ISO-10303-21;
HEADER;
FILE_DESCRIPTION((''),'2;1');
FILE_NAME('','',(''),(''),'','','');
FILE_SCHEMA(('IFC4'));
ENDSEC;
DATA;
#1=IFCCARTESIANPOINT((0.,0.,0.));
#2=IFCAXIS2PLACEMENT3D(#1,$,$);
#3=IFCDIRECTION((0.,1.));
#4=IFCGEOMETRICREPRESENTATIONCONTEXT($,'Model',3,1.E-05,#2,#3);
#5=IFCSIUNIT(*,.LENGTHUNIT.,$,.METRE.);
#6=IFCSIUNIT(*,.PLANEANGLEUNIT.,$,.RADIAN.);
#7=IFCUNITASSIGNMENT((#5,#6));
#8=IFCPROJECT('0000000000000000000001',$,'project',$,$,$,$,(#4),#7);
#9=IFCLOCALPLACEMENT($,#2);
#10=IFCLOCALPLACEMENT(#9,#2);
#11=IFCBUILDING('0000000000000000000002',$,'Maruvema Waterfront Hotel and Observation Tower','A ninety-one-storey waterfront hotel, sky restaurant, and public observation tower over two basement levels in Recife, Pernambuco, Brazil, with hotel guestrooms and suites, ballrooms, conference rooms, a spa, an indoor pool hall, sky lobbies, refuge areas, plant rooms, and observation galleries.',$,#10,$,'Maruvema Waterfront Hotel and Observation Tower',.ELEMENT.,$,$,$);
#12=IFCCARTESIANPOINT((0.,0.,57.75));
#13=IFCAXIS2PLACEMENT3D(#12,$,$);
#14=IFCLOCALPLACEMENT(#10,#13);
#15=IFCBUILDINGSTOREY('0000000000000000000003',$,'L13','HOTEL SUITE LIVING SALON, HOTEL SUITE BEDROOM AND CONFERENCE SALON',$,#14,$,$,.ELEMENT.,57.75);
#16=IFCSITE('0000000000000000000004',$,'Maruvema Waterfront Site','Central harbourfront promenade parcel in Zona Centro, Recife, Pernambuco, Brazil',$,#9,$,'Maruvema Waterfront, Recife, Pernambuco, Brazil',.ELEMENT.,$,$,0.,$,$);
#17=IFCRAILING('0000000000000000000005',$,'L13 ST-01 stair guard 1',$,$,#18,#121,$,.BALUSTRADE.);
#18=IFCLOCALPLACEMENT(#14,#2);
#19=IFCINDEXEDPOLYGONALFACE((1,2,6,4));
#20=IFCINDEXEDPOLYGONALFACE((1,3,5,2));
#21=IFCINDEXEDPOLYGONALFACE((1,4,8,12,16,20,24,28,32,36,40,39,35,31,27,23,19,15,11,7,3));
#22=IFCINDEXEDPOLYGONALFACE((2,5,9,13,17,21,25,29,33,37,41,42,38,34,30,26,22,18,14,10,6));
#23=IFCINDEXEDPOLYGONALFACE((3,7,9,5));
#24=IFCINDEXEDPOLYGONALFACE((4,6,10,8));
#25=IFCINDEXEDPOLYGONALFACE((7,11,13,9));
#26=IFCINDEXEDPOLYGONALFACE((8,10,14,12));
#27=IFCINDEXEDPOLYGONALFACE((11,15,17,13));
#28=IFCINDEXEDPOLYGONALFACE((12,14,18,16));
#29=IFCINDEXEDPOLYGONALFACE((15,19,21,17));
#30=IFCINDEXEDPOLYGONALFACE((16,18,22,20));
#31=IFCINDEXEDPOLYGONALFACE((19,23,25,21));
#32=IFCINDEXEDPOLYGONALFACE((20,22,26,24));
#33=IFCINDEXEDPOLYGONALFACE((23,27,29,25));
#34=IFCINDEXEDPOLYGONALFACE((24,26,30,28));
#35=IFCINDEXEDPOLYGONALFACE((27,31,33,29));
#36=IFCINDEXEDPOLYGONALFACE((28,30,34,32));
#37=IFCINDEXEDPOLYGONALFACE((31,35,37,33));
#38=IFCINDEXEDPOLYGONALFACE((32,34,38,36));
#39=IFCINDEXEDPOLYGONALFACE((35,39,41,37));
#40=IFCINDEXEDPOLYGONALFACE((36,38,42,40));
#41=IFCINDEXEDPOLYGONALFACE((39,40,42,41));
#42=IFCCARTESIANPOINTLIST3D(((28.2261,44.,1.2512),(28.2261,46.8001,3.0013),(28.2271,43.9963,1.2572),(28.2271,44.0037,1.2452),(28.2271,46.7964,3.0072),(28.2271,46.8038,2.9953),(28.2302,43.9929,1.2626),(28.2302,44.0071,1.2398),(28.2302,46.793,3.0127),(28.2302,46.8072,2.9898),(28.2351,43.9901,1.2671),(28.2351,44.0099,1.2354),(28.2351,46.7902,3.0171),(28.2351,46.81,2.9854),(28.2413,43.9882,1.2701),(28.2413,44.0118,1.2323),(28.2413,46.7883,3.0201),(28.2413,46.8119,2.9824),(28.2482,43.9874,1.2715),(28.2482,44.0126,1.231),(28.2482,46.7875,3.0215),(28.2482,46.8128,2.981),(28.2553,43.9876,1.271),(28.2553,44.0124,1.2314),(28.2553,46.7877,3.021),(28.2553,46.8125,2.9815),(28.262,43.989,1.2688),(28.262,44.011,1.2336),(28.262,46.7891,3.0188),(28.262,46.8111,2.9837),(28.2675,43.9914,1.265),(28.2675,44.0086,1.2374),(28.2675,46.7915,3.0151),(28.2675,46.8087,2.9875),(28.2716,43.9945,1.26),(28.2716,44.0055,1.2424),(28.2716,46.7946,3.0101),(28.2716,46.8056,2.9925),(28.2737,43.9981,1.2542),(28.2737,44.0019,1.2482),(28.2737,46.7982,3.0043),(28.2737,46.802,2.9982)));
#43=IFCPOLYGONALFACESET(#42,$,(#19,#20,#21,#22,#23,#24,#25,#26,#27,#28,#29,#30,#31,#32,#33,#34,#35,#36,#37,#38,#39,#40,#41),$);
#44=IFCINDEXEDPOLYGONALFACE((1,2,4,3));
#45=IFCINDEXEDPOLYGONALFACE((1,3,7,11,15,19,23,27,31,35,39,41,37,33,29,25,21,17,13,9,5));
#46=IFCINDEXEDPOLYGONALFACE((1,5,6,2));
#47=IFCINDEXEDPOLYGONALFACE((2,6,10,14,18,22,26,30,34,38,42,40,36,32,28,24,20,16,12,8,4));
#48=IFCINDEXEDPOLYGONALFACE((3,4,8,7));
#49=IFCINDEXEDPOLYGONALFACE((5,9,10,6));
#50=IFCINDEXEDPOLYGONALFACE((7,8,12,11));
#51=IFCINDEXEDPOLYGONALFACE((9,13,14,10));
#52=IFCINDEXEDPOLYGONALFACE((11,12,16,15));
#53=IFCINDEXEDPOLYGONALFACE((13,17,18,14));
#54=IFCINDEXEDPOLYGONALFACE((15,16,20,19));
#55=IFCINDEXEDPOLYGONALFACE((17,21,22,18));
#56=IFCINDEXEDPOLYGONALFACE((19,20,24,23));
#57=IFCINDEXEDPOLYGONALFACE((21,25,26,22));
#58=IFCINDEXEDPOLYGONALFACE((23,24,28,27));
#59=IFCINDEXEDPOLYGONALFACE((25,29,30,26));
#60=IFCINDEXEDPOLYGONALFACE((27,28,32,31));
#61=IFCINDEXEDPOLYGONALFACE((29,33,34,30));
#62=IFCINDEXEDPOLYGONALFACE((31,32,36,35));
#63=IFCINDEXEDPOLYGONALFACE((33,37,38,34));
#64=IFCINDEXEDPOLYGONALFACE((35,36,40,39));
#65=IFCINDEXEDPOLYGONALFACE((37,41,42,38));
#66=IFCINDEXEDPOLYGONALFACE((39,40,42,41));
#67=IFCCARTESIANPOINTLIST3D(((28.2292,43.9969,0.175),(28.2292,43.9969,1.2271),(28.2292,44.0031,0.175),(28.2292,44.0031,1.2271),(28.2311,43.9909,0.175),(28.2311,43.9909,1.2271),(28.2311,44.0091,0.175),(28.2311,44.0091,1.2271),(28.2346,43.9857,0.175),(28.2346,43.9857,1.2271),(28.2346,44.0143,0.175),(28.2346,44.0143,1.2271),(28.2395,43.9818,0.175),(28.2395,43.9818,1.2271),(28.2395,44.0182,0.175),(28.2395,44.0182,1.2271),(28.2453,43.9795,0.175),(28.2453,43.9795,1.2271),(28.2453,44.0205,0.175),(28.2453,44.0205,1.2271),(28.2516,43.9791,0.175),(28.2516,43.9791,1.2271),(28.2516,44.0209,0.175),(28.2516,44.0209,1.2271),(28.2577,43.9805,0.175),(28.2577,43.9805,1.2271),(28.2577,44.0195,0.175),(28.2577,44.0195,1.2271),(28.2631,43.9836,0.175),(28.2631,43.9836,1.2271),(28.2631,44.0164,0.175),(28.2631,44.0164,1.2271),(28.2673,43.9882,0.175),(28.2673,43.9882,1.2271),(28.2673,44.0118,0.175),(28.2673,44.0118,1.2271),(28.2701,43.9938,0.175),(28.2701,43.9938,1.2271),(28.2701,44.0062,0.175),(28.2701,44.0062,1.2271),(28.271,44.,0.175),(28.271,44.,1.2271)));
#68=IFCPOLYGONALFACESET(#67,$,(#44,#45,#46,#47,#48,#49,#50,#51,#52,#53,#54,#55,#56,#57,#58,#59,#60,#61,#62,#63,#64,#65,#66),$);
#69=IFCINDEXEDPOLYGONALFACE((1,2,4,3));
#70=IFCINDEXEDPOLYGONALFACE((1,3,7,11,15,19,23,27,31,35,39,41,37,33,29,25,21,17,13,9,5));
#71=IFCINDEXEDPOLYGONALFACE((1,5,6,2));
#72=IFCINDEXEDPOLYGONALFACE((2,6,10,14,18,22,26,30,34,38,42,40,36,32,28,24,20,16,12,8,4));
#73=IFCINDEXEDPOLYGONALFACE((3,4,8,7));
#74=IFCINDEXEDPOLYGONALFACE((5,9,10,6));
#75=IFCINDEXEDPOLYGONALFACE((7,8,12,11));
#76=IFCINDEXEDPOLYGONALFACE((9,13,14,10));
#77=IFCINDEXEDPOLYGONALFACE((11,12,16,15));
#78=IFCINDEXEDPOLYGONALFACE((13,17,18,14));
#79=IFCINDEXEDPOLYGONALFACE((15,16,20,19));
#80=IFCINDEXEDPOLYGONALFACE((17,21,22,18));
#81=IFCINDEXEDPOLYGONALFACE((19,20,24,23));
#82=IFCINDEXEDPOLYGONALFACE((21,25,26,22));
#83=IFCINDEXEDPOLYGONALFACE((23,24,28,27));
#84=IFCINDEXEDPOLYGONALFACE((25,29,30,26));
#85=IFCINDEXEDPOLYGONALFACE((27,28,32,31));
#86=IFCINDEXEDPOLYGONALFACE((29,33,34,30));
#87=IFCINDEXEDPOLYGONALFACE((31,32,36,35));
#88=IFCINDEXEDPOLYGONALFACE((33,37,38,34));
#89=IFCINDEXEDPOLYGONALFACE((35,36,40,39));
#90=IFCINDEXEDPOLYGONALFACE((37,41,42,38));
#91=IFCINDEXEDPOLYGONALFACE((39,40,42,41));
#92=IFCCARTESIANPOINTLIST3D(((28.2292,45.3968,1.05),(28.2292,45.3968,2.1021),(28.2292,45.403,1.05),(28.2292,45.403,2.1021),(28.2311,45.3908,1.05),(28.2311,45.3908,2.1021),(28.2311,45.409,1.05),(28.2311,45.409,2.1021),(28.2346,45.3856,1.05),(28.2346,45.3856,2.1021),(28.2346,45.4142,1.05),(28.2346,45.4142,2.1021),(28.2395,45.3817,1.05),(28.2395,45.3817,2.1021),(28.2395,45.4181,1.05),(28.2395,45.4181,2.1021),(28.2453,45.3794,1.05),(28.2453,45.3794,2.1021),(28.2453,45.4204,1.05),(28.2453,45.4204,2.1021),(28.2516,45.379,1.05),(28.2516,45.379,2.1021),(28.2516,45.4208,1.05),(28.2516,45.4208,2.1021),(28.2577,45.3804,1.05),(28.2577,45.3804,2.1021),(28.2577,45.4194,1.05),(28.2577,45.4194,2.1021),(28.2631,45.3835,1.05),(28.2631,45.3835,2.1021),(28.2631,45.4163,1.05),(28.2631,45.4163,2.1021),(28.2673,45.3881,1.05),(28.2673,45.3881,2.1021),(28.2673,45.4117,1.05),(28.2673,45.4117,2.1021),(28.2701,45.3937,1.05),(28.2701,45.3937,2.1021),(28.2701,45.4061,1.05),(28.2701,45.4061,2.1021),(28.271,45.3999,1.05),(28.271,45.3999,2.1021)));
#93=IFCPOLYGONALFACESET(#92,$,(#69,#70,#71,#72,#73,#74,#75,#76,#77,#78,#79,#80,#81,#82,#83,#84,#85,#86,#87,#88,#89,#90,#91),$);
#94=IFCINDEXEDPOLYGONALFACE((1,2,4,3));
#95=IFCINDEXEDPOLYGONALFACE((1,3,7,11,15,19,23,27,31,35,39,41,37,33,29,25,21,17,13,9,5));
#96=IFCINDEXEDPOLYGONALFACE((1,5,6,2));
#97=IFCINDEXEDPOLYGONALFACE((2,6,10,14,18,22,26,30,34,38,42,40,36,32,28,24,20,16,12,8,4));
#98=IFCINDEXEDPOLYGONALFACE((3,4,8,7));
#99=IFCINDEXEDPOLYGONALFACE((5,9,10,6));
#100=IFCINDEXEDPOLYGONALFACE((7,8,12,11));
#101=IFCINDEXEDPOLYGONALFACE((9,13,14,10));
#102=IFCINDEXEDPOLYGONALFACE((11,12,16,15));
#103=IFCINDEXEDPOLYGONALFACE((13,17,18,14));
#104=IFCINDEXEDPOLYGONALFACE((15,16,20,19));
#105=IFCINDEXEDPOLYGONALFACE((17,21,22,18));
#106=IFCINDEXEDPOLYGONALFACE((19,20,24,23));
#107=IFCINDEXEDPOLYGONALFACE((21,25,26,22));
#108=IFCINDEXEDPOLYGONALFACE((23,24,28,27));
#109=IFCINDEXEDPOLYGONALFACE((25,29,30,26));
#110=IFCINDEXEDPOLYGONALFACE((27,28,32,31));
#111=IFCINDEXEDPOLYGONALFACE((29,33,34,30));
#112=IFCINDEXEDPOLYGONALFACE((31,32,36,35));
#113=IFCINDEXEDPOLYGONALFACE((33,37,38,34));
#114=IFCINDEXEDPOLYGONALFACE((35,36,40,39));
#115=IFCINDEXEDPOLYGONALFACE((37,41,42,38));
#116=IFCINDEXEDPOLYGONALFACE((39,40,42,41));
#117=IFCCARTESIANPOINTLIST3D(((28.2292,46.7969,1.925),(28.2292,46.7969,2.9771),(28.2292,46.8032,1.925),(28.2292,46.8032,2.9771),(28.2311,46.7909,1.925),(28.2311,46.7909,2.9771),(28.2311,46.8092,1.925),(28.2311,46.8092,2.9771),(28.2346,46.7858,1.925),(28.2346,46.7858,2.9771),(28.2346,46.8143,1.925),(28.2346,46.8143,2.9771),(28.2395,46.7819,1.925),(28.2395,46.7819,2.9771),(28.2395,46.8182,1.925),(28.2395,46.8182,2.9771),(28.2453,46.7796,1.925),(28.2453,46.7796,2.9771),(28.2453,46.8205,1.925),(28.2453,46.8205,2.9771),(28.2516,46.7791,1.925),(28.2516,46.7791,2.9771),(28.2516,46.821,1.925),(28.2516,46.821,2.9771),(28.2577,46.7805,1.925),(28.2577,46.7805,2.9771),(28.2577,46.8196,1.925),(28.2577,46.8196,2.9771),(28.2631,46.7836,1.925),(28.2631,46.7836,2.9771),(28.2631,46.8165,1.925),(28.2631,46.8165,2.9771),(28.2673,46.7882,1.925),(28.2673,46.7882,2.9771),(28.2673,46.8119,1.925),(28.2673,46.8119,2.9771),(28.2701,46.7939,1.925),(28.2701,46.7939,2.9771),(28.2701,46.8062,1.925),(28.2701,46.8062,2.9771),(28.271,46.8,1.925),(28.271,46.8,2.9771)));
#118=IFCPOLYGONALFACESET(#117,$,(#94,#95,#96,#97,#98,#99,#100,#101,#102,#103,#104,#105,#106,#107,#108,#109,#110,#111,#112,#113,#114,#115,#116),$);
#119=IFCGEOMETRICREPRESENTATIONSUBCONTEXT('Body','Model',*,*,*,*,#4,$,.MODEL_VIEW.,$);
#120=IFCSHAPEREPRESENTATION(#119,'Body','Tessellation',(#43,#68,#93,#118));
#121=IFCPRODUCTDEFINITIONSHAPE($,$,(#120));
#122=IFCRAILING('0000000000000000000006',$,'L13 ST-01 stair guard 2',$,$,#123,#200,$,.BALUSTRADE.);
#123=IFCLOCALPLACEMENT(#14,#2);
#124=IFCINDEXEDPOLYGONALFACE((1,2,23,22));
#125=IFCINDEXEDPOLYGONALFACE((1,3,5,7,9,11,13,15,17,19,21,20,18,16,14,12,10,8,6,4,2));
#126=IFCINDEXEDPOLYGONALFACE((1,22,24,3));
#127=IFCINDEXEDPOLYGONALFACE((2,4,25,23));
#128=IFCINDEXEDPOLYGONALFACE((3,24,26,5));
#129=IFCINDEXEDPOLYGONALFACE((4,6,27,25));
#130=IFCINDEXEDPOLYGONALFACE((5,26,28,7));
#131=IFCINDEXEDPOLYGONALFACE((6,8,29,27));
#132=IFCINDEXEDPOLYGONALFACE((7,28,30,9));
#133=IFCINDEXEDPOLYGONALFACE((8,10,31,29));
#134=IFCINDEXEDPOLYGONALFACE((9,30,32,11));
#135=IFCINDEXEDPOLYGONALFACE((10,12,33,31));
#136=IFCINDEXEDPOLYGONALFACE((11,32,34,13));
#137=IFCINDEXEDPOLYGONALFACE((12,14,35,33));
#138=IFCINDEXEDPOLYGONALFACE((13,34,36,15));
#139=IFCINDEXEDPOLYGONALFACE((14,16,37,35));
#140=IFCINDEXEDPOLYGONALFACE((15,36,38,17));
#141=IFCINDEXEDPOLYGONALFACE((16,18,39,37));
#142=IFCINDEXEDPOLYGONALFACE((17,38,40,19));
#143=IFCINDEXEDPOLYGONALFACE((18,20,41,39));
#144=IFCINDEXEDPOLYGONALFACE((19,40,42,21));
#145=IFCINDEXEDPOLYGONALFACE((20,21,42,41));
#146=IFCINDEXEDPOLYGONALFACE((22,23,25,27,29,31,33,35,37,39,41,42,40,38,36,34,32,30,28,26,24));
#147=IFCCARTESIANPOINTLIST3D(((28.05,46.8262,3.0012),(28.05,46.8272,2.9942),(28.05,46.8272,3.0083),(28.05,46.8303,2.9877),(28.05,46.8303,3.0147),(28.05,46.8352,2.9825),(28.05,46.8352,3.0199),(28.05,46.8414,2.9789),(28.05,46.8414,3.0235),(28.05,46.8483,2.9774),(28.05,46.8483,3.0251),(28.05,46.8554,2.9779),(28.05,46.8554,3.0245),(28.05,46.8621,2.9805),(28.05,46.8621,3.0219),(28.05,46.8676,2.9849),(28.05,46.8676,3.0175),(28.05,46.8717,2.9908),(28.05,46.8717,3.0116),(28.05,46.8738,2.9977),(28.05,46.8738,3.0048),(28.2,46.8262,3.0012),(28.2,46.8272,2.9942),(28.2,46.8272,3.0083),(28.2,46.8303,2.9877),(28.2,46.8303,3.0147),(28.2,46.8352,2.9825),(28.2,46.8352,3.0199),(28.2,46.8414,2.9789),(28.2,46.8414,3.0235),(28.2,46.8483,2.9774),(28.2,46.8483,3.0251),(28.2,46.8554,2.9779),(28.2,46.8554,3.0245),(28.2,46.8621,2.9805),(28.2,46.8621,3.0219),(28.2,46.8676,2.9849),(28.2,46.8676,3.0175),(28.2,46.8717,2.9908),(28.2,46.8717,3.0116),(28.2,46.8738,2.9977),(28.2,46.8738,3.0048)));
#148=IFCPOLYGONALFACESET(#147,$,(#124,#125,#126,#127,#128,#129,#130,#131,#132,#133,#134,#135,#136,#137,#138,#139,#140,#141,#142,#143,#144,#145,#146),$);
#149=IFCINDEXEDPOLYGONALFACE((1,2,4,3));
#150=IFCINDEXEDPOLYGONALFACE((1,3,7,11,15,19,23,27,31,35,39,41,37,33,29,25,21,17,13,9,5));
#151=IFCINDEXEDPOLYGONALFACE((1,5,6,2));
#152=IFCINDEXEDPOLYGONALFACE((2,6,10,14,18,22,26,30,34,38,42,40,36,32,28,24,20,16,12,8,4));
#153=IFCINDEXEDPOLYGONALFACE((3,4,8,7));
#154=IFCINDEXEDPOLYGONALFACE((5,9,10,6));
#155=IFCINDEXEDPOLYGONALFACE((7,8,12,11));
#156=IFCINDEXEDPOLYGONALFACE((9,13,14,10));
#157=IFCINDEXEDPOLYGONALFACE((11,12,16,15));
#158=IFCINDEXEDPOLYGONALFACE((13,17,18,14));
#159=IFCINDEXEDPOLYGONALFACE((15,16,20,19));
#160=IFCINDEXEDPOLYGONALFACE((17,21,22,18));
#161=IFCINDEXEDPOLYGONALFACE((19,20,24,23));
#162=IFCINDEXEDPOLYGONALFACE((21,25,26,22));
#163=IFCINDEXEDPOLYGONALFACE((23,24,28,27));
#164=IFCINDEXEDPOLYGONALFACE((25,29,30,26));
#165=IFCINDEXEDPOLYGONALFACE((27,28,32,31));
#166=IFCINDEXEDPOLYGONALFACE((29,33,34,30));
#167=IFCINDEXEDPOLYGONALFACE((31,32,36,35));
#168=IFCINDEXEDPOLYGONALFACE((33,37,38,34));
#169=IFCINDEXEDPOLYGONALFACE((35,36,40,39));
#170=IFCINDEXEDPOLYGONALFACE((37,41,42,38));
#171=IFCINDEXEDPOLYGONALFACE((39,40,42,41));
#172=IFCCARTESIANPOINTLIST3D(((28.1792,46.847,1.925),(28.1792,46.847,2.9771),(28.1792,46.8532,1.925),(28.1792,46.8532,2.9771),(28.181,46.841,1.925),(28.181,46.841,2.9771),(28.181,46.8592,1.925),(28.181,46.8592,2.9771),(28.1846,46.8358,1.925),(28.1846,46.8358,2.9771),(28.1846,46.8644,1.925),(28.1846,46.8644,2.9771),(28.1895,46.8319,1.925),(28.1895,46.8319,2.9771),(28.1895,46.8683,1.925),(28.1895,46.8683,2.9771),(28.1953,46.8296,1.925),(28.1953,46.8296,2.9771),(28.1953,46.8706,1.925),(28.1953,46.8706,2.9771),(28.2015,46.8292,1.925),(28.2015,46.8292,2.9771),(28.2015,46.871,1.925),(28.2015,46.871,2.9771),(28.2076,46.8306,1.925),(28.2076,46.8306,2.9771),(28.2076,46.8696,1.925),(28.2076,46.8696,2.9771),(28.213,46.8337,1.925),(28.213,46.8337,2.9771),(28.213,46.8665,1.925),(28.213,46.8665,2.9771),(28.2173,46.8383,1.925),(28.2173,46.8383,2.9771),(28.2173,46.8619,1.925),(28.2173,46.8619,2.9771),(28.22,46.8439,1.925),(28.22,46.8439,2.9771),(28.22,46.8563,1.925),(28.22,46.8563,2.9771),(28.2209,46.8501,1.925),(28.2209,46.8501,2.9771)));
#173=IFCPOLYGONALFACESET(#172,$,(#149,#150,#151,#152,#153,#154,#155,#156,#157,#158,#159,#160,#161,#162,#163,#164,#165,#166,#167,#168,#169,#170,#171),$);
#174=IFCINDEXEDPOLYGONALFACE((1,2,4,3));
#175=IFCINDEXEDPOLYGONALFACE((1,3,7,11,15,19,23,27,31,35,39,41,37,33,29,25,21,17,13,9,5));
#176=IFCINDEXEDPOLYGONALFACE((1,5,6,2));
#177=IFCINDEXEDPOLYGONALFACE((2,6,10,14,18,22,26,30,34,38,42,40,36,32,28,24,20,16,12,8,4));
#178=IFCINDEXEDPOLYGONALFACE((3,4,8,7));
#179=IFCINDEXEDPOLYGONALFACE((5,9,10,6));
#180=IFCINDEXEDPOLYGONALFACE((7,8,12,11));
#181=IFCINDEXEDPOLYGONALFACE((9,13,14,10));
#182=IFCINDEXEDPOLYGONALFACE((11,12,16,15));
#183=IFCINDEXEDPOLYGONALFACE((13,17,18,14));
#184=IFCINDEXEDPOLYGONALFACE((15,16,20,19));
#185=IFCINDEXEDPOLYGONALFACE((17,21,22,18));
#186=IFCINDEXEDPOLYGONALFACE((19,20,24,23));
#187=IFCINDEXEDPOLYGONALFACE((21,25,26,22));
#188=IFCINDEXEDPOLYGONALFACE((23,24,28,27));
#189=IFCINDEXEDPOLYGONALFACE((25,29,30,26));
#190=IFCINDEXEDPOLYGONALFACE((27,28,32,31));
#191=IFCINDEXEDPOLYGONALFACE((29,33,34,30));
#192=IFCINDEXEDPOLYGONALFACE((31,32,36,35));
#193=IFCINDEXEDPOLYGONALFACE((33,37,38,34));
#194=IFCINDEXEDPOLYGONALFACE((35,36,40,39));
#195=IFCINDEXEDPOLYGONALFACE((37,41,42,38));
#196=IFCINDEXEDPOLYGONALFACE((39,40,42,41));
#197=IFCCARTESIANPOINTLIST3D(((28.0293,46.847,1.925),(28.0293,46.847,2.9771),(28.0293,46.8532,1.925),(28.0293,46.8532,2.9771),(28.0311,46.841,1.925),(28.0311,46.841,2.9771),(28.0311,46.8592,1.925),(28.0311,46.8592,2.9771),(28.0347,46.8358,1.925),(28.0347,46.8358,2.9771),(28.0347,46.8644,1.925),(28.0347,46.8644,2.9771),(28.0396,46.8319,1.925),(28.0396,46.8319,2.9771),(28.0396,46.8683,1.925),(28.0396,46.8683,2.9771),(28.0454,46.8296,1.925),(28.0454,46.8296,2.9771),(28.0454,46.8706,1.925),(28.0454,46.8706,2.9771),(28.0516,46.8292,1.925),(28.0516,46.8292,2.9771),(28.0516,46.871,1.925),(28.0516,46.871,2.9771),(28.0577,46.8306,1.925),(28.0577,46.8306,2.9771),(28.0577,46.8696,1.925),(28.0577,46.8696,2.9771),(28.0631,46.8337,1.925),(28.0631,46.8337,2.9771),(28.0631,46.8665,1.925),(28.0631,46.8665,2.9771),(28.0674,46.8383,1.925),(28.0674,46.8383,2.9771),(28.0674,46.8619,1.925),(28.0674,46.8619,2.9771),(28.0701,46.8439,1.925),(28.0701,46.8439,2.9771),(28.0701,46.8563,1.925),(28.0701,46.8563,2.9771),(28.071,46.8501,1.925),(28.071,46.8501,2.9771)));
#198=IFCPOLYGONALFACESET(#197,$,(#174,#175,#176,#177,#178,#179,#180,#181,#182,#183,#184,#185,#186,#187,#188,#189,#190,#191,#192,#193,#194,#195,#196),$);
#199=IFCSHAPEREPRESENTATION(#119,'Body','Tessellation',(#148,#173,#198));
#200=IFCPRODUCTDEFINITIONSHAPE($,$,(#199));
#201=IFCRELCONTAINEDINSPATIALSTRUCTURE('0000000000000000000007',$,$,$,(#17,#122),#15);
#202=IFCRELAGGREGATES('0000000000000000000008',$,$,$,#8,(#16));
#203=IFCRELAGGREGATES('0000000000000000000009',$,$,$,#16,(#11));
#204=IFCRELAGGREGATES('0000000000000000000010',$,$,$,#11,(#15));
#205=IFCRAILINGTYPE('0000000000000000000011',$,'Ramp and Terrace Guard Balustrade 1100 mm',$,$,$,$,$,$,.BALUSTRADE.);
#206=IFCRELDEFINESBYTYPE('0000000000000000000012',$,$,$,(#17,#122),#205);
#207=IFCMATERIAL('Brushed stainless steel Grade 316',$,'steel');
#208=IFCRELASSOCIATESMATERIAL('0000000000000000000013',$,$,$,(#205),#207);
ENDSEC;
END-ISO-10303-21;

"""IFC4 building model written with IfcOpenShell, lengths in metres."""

from ifc_helpers import new_model, si_unit, direction, frame, origin, origin_2d, place, context, subcontext, project, spatial, circle, extrude, material, type_object, element, save


model = new_model("IFC4")

# Units and contexts
model_context = context("Model", 3, precision=1e-05, world=origin(), true_north=direction((0.0, 1.0)))
body_context = subcontext(model_context, "Body", "Model", "MODEL_VIEW")
ifc_project = project(units=[si_unit("LENGTHUNIT", "METRE"), si_unit("PLANEANGLEUNIT", "RADIAN")], contexts=[model_context])

# Site, building, storey
site_placement = place(None, origin())
site = spatial("IfcSite", under=ifc_project, at=site_placement, Name="Maruvema Waterfront Site", Description="Central harbourfront promenade parcel in Zona Centro, Recife, Pernambuco, Brazil", LongName="Maruvema Waterfront, Recife, Pernambuco, Brazil", CompositionType="ELEMENT", RefElevation=0.0)
building_placement = place(site_placement, origin())
building = spatial("IfcBuilding", under=site, at=building_placement, Name="Maruvema Waterfront Hotel and Observation Tower", Description="A ninety-one-storey waterfront hotel, sky restaurant, and public observation tower over two basement levels in Recife, Pernambuco, Brazil, with hotel guestrooms and suites, ballrooms, conference rooms, a spa, an indoor pool hall, sky lobbies, refuge areas, plant rooms, and observation galleries.", LongName="Maruvema Waterfront Hotel and Observation Tower", CompositionType="ELEMENT")
storey_placement = place(building_placement, frame((0.0, 0.0, 57.75)))
storey = spatial("IfcBuildingStorey", under=building, at=storey_placement, Name="L13", Description="HOTEL SUITE LIVING SALON, HOTEL SUITE BEDROOM AND CONFERENCE SALON", CompositionType="ELEMENT", Elevation=57.75)

# Railings
ifc_material_1 = material(Name="Brushed stainless steel Grade 316", Category="steel")
railing_type_1 = type_object("IfcRailingType", Name="Ramp and Terrace Guard Balustrade 1100 mm", PredefinedType="BALUSTRADE", material=ifc_material_1)
railing_1_placement = place(storey_placement, frame((28.25, 44.0, 0.175)))
element("IfcRailing", 1, at=railing_1_placement, inside=storey, type_object=railing_type_1, Name="L13 ST-01 stair guard 1", PredefinedType="BALUSTRADE", context=body_context, shape_type="SweptSolid", body=[
    extrude(circle(Radius=0.0239, at=origin_2d()), frame((0.0, 0.0, 1.0762), z_axis=(0.0, 0.848002, 0.529992), x_axis=(-1.0, 0.0, 0.0)), (0.0, 0.0, 1.0), 3.302),
    extrude(circle(Radius=0.021, at=origin_2d()), origin(), (0.0, 0.0, 1.0), 1.052),
    extrude(circle(Radius=0.021, at=origin_2d()), frame((0.0, 1.3999, 0.875)), (0.0, 0.0, 1.0), 1.052),
    extrude(circle(Radius=0.021, at=origin_2d()), frame((0.0, 2.8, 1.75)), (0.0, 0.0, 1.0), 1.052),
])
railing_2_placement = place(storey_placement, frame((28.2, 46.8501, 1.925)))
element("IfcRailing", 2, at=railing_2_placement, inside=storey, type_object=railing_type_1, Name="L13 ST-01 stair guard 2", PredefinedType="BALUSTRADE", context=body_context, shape_type="SweptSolid", body=[
    extrude(circle(Radius=0.0239, at=origin_2d()), frame((0.0, 0.0, 1.0762), z_axis=(-1.0, 0.0, 0.0), x_axis=(0.0, -1.0, 0.0)), (0.0, 0.0, 1.0), 0.1499),
    extrude(circle(Radius=0.021, at=origin_2d()), origin(), (0.0, 0.0, 1.0), 1.052),
    extrude(circle(Radius=0.021, at=origin_2d()), frame((-0.1499, 0.0, 0.0)), (0.0, 0.0, 1.0), 1.052),
])

save(model, "model.ifc")
